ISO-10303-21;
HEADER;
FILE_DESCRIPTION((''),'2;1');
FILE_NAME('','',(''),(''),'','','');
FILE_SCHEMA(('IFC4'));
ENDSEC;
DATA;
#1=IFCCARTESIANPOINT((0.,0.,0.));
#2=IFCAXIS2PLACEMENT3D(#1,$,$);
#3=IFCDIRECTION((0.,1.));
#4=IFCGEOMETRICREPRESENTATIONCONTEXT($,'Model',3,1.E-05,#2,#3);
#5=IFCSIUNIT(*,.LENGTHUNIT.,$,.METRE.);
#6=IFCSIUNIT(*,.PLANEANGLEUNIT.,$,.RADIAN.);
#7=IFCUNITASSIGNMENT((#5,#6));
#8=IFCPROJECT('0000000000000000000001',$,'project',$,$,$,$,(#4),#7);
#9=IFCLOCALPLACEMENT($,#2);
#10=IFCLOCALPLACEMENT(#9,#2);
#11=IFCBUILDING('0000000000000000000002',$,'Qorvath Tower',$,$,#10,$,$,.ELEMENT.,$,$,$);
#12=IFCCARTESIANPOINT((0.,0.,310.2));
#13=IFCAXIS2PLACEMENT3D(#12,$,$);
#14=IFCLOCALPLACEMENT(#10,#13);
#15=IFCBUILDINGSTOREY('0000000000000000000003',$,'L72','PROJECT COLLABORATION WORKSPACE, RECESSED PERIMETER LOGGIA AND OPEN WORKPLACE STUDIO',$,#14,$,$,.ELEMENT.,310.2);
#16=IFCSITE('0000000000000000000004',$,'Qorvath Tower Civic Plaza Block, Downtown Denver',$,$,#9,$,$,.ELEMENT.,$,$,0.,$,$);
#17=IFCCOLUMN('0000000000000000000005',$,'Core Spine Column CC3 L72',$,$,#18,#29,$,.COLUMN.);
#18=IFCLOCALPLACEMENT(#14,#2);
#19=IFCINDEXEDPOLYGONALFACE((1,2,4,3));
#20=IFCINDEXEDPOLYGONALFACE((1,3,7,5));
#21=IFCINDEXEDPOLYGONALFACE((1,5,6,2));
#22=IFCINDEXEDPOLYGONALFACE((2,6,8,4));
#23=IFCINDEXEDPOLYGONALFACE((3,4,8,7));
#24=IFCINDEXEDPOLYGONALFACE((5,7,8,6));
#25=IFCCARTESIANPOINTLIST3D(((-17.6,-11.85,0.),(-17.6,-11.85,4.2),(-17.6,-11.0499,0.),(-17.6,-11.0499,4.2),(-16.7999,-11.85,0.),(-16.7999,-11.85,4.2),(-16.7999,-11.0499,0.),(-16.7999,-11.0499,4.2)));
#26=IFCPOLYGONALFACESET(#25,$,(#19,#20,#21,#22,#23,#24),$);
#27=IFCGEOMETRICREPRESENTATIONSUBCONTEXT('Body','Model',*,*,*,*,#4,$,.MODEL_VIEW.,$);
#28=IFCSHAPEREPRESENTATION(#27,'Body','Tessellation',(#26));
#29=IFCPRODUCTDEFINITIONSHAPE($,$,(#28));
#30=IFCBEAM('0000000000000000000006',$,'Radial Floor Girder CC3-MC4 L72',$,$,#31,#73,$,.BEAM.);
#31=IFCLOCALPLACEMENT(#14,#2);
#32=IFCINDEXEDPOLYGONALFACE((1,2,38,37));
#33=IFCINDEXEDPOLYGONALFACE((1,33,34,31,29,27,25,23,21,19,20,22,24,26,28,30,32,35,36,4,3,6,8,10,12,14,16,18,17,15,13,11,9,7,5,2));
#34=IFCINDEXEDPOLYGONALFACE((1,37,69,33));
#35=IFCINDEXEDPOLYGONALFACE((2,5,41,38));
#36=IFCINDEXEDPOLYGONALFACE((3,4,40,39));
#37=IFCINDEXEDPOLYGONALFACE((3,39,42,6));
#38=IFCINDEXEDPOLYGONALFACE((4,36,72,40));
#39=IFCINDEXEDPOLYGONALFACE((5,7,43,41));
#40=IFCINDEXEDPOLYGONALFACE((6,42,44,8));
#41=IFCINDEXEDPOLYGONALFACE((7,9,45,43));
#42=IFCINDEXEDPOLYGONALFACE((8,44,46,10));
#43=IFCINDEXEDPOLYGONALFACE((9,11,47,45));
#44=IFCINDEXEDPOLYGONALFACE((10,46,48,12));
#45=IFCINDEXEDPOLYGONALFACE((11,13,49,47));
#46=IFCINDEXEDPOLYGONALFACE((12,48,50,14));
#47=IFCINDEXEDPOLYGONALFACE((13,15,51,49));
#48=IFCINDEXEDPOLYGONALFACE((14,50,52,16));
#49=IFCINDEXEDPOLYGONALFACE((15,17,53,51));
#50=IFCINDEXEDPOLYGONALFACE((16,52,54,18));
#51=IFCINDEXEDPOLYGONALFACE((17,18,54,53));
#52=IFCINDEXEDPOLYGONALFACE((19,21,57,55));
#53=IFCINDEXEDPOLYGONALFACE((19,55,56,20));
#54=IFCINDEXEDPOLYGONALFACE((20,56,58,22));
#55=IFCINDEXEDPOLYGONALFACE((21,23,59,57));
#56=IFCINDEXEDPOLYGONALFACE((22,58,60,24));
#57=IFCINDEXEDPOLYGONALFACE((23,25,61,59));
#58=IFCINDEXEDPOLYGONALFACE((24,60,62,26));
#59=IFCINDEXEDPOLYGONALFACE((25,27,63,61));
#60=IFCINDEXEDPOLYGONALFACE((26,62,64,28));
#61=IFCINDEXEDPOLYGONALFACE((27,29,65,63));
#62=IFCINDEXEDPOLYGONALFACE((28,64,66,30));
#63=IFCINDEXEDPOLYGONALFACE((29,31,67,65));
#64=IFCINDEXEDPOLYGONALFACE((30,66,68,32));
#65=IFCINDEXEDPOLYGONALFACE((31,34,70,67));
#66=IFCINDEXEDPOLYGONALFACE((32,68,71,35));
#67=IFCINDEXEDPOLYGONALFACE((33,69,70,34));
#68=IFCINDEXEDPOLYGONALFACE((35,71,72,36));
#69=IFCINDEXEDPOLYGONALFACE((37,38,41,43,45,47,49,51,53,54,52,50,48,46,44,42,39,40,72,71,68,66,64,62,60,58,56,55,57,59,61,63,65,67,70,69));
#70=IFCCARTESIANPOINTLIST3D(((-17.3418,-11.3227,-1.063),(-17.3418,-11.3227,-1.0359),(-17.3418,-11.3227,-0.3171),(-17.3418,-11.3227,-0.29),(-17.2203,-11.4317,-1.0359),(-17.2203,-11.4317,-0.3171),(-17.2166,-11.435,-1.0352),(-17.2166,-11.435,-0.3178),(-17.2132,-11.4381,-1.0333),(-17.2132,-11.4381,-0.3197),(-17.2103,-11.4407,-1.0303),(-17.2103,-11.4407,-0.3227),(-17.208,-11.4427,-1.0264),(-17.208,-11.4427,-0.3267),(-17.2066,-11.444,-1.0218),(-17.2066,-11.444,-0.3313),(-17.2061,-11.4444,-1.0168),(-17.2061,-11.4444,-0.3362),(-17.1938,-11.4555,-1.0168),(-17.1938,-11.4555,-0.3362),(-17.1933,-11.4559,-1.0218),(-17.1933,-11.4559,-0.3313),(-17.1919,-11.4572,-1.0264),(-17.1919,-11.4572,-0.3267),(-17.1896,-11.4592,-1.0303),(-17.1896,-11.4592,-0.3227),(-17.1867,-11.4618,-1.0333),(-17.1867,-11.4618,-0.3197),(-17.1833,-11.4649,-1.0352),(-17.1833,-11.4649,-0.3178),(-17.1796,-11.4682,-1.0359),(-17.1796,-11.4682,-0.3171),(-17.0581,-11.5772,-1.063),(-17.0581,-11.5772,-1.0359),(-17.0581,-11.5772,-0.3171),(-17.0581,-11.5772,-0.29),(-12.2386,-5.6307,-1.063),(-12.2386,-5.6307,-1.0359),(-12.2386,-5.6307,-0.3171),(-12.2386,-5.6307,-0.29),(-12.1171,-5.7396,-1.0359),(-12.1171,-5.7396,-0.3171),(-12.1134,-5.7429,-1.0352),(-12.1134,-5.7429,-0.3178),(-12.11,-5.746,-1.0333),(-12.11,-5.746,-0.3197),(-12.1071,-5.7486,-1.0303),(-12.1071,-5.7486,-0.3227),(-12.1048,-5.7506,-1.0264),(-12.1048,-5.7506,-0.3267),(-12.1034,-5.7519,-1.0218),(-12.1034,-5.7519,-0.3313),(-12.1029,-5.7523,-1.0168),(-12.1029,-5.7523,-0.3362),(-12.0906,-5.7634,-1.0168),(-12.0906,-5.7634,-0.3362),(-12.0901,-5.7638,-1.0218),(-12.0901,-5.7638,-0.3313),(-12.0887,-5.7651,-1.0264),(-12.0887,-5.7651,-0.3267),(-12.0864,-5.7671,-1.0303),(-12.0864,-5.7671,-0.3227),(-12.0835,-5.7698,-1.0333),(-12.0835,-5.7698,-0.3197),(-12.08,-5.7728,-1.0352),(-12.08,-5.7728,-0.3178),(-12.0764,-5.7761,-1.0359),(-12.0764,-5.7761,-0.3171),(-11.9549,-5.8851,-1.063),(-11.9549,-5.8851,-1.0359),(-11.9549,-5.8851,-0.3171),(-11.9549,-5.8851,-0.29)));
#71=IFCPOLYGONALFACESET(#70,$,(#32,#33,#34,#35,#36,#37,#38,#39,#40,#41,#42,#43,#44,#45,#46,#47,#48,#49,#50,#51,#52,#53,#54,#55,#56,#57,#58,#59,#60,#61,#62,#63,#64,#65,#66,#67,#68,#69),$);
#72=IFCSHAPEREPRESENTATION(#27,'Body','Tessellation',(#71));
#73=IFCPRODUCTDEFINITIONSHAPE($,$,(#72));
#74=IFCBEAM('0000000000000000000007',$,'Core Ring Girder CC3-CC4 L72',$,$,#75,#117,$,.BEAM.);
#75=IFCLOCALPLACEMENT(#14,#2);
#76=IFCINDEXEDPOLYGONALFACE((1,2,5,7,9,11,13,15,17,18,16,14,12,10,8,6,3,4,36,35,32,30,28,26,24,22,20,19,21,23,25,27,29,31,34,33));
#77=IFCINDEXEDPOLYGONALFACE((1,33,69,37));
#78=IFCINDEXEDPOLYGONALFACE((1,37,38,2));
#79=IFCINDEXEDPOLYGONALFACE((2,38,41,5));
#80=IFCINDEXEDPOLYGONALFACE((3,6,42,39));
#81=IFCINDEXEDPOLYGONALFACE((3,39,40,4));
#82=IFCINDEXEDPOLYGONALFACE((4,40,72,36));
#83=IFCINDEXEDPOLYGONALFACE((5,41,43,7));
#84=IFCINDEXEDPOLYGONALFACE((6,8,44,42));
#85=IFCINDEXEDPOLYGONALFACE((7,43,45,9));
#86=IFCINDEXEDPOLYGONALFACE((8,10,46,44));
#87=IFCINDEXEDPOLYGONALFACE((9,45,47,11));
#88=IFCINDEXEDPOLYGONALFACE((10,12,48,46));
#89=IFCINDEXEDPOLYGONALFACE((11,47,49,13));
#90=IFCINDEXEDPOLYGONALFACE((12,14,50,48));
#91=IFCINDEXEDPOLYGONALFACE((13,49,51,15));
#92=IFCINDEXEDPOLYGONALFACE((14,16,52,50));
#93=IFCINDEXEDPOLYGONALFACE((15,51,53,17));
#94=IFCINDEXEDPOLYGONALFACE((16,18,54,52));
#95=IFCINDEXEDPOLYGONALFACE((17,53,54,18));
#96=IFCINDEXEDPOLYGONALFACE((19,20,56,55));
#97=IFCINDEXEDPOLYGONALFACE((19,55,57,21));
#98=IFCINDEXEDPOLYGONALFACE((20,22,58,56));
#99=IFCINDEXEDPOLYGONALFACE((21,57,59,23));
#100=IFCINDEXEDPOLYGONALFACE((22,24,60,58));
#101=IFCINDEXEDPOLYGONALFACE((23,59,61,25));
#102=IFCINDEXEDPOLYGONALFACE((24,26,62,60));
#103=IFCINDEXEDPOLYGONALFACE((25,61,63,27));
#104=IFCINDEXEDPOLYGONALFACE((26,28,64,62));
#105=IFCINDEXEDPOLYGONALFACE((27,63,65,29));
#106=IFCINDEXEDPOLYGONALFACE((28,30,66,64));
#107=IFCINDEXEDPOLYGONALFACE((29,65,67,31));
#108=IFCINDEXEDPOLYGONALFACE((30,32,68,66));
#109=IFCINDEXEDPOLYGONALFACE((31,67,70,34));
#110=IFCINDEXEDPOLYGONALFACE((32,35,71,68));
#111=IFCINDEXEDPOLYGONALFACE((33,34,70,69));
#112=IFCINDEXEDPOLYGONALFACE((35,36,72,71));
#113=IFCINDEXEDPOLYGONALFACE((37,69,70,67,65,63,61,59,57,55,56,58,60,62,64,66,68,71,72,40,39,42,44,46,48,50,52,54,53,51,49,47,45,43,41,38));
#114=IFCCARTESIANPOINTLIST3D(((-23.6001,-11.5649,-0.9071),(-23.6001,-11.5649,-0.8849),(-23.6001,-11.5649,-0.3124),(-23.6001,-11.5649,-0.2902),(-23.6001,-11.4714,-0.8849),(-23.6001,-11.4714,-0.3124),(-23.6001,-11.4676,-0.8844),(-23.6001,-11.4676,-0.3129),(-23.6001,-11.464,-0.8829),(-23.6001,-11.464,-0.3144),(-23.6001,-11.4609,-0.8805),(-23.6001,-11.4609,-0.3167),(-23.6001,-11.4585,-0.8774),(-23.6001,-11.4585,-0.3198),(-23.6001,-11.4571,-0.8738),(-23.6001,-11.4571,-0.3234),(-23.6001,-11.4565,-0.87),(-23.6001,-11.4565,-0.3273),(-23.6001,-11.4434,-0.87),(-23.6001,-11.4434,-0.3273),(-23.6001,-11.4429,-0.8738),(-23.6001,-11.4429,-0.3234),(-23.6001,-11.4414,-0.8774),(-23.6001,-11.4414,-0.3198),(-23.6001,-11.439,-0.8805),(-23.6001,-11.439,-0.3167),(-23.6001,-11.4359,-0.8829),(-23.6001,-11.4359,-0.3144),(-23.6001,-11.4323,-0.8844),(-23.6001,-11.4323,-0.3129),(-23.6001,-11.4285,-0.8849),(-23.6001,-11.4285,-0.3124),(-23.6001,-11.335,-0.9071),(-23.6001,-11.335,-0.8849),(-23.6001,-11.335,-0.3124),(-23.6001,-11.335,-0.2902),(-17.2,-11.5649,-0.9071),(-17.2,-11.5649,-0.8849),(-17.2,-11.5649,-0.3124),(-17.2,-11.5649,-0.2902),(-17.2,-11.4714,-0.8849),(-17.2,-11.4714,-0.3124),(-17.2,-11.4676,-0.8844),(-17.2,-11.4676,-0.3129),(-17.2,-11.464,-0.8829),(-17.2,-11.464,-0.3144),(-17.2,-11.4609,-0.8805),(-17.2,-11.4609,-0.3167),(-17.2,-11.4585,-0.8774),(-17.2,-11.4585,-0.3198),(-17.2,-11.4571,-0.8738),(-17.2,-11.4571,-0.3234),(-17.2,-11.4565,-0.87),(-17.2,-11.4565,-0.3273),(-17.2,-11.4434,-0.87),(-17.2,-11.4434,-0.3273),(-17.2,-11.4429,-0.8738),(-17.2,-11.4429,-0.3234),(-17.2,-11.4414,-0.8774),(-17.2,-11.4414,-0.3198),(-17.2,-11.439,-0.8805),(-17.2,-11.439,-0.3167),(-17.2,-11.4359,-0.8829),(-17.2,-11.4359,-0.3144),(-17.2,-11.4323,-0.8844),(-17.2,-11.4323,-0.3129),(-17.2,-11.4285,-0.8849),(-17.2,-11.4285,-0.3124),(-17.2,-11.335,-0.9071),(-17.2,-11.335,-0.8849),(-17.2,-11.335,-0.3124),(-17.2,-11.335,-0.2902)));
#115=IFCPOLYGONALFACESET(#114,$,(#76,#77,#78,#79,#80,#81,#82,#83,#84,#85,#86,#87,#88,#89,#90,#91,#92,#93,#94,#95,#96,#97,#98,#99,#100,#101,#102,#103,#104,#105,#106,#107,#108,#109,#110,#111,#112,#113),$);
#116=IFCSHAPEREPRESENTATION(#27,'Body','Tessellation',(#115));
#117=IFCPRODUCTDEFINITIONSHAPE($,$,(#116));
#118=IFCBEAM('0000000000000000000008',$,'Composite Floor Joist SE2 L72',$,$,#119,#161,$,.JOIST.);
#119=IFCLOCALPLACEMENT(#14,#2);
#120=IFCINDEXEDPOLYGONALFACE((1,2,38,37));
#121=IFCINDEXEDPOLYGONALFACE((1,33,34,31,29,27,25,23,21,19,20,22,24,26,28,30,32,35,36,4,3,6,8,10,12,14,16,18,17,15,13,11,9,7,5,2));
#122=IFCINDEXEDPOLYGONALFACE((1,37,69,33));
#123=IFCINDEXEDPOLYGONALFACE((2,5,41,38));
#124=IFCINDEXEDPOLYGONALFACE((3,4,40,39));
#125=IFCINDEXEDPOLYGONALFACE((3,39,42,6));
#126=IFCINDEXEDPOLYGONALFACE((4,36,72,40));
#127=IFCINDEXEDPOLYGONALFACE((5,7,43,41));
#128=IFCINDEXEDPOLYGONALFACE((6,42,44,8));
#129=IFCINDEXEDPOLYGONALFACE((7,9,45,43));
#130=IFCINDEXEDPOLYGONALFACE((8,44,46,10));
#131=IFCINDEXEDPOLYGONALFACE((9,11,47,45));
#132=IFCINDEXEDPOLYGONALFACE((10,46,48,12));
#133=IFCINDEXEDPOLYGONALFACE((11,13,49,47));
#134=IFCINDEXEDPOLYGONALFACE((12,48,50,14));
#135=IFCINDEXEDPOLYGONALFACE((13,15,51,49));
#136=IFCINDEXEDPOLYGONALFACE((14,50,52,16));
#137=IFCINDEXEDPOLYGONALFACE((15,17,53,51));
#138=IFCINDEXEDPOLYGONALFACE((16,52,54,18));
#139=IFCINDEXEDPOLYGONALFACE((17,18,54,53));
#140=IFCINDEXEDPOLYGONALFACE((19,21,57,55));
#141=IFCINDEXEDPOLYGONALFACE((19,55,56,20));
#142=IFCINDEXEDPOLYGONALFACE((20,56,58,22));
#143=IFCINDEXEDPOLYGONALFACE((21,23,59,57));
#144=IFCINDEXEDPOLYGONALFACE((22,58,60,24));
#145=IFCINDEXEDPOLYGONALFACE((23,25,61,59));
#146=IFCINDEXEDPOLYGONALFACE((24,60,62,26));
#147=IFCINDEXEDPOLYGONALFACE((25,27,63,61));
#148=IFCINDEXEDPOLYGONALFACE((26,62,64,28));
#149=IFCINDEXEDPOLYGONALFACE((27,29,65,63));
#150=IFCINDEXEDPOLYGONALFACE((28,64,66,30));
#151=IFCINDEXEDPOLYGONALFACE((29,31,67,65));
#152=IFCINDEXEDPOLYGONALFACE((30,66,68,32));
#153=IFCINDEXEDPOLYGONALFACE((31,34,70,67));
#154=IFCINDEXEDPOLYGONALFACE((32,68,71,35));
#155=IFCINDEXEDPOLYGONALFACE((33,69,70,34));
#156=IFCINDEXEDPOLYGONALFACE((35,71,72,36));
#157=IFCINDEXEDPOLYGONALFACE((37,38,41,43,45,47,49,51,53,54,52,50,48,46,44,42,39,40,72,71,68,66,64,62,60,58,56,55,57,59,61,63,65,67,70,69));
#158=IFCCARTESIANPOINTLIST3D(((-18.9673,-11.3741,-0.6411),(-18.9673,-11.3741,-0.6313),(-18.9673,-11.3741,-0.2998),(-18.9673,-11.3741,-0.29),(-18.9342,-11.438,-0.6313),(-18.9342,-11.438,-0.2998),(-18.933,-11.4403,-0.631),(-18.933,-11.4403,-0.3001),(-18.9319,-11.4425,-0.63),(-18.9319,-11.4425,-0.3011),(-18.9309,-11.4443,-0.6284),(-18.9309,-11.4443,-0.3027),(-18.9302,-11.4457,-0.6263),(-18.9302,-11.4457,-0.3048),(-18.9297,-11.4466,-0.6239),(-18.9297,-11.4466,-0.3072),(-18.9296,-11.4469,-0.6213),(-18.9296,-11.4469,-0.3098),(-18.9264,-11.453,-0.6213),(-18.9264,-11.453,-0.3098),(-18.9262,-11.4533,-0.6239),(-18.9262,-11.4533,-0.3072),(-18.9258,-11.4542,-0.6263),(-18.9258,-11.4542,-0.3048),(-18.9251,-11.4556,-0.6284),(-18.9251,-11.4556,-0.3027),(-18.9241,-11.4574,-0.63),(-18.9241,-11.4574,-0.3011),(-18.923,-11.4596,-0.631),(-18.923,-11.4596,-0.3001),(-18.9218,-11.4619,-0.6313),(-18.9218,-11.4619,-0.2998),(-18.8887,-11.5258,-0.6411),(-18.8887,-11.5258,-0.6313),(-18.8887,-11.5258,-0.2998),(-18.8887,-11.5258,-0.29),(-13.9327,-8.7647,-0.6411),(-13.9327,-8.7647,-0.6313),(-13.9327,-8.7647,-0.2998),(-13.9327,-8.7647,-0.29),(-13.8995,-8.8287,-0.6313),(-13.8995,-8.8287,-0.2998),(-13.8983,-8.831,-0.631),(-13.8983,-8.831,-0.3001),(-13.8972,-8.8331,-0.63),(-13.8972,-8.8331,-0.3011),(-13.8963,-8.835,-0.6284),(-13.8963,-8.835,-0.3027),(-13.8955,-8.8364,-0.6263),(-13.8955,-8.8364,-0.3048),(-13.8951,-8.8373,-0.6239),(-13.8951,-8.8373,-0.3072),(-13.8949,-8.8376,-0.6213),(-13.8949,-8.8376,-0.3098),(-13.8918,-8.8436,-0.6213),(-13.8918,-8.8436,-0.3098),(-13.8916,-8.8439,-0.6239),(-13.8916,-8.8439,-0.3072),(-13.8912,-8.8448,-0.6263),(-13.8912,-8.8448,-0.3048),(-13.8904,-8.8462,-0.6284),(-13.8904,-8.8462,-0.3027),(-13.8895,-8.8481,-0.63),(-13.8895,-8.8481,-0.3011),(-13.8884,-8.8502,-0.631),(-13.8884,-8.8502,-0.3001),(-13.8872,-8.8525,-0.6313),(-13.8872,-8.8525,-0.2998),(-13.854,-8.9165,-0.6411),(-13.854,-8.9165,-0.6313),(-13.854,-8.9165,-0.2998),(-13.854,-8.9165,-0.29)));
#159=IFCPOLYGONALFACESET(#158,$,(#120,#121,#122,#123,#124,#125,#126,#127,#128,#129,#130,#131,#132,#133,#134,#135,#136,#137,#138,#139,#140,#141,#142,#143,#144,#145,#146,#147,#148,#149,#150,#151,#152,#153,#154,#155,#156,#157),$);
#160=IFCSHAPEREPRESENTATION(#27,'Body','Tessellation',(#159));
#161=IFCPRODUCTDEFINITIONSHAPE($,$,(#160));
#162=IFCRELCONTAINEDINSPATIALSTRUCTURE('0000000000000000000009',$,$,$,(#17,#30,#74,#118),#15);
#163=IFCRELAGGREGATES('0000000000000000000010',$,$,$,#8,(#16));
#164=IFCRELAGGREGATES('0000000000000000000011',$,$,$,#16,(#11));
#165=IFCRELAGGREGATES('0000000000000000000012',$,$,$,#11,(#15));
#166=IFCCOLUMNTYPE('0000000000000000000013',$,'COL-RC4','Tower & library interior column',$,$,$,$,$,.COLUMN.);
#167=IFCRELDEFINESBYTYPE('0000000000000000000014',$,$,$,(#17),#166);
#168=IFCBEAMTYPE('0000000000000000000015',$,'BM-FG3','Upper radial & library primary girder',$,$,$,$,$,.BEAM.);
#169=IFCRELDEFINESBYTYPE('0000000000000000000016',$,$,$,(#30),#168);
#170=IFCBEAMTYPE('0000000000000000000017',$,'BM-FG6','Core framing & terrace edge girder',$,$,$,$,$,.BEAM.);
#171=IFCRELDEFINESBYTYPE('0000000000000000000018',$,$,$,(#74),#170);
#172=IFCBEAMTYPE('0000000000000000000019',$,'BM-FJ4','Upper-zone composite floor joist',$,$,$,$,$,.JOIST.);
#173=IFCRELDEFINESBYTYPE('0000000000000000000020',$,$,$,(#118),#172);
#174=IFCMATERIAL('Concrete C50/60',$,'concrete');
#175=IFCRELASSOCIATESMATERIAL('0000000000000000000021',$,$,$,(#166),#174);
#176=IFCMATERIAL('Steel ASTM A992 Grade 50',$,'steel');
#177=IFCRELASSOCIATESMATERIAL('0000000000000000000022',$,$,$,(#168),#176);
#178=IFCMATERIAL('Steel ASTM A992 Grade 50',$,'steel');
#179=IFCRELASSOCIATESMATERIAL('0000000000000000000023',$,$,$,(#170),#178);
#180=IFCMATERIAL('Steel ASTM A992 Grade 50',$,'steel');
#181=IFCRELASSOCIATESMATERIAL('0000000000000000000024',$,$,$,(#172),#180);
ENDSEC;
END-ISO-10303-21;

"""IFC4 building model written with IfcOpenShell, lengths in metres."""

from ifc_helpers import new_model, si_unit, direction, frame, origin, origin_2d, place, context, subcontext, project, spatial, rectangle, i_section, extrude, material, material_profile, profile_set, type_object, element, save


model = new_model("IFC4")

# Units and contexts
model_context = context("Model", 3, precision=1e-05, world=origin(), true_north=direction((0.0, 1.0)))
body_context = subcontext(model_context, "Body", "Model", "MODEL_VIEW")
ifc_project = project(units=[si_unit("LENGTHUNIT", "METRE"), si_unit("PLANEANGLEUNIT", "RADIAN")], contexts=[model_context])

# Site, building, storey
site_placement = place(None, origin())
site = spatial("IfcSite", under=ifc_project, at=site_placement, Name="Qorvath Tower Civic Plaza Block, Downtown Denver", CompositionType="ELEMENT", RefElevation=0.0)
building_placement = place(site_placement, origin())
building = spatial("IfcBuilding", under=site, at=building_placement, Name="Qorvath Tower", CompositionType="ELEMENT")
storey_placement = place(building_placement, frame((0.0, 0.0, 310.2)))
storey = spatial("IfcBuildingStorey", under=building, at=storey_placement, Name="L72", Description="PROJECT COLLABORATION WORKSPACE, RECESSED PERIMETER LOGGIA AND OPEN WORKPLACE STUDIO", CompositionType="ELEMENT", Elevation=310.2)

# Column
ifc_material_1 = material(Name="Concrete C50/60", Category="concrete")
ifc_material_profile_1 = material_profile(ifc_material_1, rectangle(XDim=0.8, YDim=0.8, at=origin_2d()), Name="RC 800x800")
ifc_profile_set_1 = profile_set([ifc_material_profile_1], Name="Concrete C50/60")
column_type = type_object("IfcColumnType", Name="COL-RC4", Description="Tower & library interior column", PredefinedType="COLUMN", material=ifc_profile_set_1)
column_placement = place(storey_placement, frame((-17.2, -11.45, 0.0), z_axis=(0.0, 0.0, 1.0), x_axis=(1.0, 0.0, 0.0)))
element("IfcColumn", 1, at=column_placement, inside=storey, type_object=column_type, Name="Core Spine Column CC3 L72", PredefinedType="COLUMN", context=body_context, shape_type="SweptSolid", body=[
    extrude(rectangle(XDim=0.8, YDim=0.8, at=origin_2d()), origin(), (0.0, 0.0, 1.0), 4.2),
])

# Beams
ifc_material_2 = material(Name="Steel ASTM A992 Grade 50", Category="steel")
ifc_material_profile_2 = material_profile(ifc_material_2, i_section(OverallWidth=0.3811, OverallDepth=0.7729, WebThickness=0.0166, FlangeThickness=0.0271, FilletRadius=0.019, at=origin_2d()), Name="W30x173")
ifc_profile_set_2 = profile_set([ifc_material_profile_2], Name="Steel ASTM A992 Grade 50")
beam_type_1 = type_object("IfcBeamType", Name="BM-FG3", Description="Upper radial & library primary girder", PredefinedType="BEAM", material=ifc_profile_set_2)
beam_1_placement = place(storey_placement, frame((-17.2, -11.45, -0.6765), z_axis=(0.667543, 0.744571, 0.0), x_axis=(-0.744571, 0.667543, 0.0)))
element("IfcBeam", 2, at=beam_1_placement, inside=storey, type_object=beam_type_1, Name="Radial Floor Girder CC3-MC4 L72", PredefinedType="BEAM", context=body_context, shape_type="SweptSolid", body=[
    extrude(i_section(OverallWidth=0.3811, OverallDepth=0.7729, WebThickness=0.0166, FlangeThickness=0.0271, FilletRadius=0.019, at=origin_2d()), origin(), (0.0, 0.0, 1.0), 7.6448),
])
ifc_material_3 = material(Name="Steel ASTM A992 Grade 50", Category="steel")
ifc_material_profile_3 = material_profile(ifc_material_3, i_section(OverallWidth=0.23, OverallDepth=0.6169, WebThickness=0.0132, FlangeThickness=0.0222, FilletRadius=0.0149, at=origin_2d()), Name="W24x94")
ifc_profile_set_3 = profile_set([ifc_material_profile_3], Name="Steel ASTM A992 Grade 50")
beam_type_2 = type_object("IfcBeamType", Name="BM-FG6", Description="Core framing & terrace edge girder", PredefinedType="BEAM", material=ifc_profile_set_3)
beam_2_placement = place(storey_placement, frame((-17.2, -11.45, -0.5986), z_axis=(-1.0, 0.0, 0.0), x_axis=(0.0, -1.0, 0.0)))
element("IfcBeam", 3, at=beam_2_placement, inside=storey, type_object=beam_type_2, Name="Core Ring Girder CC3-CC4 L72", PredefinedType="BEAM", context=body_context, shape_type="SweptSolid", body=[
    extrude(i_section(OverallWidth=0.23, OverallDepth=0.6169, WebThickness=0.0132, FlangeThickness=0.0222, FilletRadius=0.0149, at=origin_2d()), origin(), (0.0, 0.0, 1.0), 6.4001),
])
ifc_material_4 = material(Name="Steel ASTM A992 Grade 50", Category="steel")
ifc_material_profile_4 = material_profile(ifc_material_4, i_section(OverallWidth=0.1709, OverallDepth=0.3511, WebThickness=0.0068, FlangeThickness=0.0098, FilletRadius=0.01, at=origin_2d()), Name="W14x30")
ifc_profile_set_4 = profile_set([ifc_material_profile_4], Name="Steel ASTM A992 Grade 50")
beam_type_3 = type_object("IfcBeamType", Name="BM-FJ4", Description="Upper-zone composite floor joist", PredefinedType="JOIST", material=ifc_profile_set_4)
beam_3_placement = place(storey_placement, frame((-18.928, -11.45, -0.4656), z_axis=(0.887841, 0.460151, 0.0), x_axis=(-0.460151, 0.887841, 0.0)))
element("IfcBeam", 4, at=beam_3_placement, inside=storey, type_object=beam_type_3, Name="Composite Floor Joist SE2 L72", PredefinedType="JOIST", context=body_context, shape_type="SweptSolid", body=[
    extrude(i_section(OverallWidth=0.1709, OverallDepth=0.3511, WebThickness=0.0068, FlangeThickness=0.0098, FilletRadius=0.01, at=origin_2d()), origin(), (0.0, 0.0, 1.0), 5.6707),
])

save(model, "model.ifc")
